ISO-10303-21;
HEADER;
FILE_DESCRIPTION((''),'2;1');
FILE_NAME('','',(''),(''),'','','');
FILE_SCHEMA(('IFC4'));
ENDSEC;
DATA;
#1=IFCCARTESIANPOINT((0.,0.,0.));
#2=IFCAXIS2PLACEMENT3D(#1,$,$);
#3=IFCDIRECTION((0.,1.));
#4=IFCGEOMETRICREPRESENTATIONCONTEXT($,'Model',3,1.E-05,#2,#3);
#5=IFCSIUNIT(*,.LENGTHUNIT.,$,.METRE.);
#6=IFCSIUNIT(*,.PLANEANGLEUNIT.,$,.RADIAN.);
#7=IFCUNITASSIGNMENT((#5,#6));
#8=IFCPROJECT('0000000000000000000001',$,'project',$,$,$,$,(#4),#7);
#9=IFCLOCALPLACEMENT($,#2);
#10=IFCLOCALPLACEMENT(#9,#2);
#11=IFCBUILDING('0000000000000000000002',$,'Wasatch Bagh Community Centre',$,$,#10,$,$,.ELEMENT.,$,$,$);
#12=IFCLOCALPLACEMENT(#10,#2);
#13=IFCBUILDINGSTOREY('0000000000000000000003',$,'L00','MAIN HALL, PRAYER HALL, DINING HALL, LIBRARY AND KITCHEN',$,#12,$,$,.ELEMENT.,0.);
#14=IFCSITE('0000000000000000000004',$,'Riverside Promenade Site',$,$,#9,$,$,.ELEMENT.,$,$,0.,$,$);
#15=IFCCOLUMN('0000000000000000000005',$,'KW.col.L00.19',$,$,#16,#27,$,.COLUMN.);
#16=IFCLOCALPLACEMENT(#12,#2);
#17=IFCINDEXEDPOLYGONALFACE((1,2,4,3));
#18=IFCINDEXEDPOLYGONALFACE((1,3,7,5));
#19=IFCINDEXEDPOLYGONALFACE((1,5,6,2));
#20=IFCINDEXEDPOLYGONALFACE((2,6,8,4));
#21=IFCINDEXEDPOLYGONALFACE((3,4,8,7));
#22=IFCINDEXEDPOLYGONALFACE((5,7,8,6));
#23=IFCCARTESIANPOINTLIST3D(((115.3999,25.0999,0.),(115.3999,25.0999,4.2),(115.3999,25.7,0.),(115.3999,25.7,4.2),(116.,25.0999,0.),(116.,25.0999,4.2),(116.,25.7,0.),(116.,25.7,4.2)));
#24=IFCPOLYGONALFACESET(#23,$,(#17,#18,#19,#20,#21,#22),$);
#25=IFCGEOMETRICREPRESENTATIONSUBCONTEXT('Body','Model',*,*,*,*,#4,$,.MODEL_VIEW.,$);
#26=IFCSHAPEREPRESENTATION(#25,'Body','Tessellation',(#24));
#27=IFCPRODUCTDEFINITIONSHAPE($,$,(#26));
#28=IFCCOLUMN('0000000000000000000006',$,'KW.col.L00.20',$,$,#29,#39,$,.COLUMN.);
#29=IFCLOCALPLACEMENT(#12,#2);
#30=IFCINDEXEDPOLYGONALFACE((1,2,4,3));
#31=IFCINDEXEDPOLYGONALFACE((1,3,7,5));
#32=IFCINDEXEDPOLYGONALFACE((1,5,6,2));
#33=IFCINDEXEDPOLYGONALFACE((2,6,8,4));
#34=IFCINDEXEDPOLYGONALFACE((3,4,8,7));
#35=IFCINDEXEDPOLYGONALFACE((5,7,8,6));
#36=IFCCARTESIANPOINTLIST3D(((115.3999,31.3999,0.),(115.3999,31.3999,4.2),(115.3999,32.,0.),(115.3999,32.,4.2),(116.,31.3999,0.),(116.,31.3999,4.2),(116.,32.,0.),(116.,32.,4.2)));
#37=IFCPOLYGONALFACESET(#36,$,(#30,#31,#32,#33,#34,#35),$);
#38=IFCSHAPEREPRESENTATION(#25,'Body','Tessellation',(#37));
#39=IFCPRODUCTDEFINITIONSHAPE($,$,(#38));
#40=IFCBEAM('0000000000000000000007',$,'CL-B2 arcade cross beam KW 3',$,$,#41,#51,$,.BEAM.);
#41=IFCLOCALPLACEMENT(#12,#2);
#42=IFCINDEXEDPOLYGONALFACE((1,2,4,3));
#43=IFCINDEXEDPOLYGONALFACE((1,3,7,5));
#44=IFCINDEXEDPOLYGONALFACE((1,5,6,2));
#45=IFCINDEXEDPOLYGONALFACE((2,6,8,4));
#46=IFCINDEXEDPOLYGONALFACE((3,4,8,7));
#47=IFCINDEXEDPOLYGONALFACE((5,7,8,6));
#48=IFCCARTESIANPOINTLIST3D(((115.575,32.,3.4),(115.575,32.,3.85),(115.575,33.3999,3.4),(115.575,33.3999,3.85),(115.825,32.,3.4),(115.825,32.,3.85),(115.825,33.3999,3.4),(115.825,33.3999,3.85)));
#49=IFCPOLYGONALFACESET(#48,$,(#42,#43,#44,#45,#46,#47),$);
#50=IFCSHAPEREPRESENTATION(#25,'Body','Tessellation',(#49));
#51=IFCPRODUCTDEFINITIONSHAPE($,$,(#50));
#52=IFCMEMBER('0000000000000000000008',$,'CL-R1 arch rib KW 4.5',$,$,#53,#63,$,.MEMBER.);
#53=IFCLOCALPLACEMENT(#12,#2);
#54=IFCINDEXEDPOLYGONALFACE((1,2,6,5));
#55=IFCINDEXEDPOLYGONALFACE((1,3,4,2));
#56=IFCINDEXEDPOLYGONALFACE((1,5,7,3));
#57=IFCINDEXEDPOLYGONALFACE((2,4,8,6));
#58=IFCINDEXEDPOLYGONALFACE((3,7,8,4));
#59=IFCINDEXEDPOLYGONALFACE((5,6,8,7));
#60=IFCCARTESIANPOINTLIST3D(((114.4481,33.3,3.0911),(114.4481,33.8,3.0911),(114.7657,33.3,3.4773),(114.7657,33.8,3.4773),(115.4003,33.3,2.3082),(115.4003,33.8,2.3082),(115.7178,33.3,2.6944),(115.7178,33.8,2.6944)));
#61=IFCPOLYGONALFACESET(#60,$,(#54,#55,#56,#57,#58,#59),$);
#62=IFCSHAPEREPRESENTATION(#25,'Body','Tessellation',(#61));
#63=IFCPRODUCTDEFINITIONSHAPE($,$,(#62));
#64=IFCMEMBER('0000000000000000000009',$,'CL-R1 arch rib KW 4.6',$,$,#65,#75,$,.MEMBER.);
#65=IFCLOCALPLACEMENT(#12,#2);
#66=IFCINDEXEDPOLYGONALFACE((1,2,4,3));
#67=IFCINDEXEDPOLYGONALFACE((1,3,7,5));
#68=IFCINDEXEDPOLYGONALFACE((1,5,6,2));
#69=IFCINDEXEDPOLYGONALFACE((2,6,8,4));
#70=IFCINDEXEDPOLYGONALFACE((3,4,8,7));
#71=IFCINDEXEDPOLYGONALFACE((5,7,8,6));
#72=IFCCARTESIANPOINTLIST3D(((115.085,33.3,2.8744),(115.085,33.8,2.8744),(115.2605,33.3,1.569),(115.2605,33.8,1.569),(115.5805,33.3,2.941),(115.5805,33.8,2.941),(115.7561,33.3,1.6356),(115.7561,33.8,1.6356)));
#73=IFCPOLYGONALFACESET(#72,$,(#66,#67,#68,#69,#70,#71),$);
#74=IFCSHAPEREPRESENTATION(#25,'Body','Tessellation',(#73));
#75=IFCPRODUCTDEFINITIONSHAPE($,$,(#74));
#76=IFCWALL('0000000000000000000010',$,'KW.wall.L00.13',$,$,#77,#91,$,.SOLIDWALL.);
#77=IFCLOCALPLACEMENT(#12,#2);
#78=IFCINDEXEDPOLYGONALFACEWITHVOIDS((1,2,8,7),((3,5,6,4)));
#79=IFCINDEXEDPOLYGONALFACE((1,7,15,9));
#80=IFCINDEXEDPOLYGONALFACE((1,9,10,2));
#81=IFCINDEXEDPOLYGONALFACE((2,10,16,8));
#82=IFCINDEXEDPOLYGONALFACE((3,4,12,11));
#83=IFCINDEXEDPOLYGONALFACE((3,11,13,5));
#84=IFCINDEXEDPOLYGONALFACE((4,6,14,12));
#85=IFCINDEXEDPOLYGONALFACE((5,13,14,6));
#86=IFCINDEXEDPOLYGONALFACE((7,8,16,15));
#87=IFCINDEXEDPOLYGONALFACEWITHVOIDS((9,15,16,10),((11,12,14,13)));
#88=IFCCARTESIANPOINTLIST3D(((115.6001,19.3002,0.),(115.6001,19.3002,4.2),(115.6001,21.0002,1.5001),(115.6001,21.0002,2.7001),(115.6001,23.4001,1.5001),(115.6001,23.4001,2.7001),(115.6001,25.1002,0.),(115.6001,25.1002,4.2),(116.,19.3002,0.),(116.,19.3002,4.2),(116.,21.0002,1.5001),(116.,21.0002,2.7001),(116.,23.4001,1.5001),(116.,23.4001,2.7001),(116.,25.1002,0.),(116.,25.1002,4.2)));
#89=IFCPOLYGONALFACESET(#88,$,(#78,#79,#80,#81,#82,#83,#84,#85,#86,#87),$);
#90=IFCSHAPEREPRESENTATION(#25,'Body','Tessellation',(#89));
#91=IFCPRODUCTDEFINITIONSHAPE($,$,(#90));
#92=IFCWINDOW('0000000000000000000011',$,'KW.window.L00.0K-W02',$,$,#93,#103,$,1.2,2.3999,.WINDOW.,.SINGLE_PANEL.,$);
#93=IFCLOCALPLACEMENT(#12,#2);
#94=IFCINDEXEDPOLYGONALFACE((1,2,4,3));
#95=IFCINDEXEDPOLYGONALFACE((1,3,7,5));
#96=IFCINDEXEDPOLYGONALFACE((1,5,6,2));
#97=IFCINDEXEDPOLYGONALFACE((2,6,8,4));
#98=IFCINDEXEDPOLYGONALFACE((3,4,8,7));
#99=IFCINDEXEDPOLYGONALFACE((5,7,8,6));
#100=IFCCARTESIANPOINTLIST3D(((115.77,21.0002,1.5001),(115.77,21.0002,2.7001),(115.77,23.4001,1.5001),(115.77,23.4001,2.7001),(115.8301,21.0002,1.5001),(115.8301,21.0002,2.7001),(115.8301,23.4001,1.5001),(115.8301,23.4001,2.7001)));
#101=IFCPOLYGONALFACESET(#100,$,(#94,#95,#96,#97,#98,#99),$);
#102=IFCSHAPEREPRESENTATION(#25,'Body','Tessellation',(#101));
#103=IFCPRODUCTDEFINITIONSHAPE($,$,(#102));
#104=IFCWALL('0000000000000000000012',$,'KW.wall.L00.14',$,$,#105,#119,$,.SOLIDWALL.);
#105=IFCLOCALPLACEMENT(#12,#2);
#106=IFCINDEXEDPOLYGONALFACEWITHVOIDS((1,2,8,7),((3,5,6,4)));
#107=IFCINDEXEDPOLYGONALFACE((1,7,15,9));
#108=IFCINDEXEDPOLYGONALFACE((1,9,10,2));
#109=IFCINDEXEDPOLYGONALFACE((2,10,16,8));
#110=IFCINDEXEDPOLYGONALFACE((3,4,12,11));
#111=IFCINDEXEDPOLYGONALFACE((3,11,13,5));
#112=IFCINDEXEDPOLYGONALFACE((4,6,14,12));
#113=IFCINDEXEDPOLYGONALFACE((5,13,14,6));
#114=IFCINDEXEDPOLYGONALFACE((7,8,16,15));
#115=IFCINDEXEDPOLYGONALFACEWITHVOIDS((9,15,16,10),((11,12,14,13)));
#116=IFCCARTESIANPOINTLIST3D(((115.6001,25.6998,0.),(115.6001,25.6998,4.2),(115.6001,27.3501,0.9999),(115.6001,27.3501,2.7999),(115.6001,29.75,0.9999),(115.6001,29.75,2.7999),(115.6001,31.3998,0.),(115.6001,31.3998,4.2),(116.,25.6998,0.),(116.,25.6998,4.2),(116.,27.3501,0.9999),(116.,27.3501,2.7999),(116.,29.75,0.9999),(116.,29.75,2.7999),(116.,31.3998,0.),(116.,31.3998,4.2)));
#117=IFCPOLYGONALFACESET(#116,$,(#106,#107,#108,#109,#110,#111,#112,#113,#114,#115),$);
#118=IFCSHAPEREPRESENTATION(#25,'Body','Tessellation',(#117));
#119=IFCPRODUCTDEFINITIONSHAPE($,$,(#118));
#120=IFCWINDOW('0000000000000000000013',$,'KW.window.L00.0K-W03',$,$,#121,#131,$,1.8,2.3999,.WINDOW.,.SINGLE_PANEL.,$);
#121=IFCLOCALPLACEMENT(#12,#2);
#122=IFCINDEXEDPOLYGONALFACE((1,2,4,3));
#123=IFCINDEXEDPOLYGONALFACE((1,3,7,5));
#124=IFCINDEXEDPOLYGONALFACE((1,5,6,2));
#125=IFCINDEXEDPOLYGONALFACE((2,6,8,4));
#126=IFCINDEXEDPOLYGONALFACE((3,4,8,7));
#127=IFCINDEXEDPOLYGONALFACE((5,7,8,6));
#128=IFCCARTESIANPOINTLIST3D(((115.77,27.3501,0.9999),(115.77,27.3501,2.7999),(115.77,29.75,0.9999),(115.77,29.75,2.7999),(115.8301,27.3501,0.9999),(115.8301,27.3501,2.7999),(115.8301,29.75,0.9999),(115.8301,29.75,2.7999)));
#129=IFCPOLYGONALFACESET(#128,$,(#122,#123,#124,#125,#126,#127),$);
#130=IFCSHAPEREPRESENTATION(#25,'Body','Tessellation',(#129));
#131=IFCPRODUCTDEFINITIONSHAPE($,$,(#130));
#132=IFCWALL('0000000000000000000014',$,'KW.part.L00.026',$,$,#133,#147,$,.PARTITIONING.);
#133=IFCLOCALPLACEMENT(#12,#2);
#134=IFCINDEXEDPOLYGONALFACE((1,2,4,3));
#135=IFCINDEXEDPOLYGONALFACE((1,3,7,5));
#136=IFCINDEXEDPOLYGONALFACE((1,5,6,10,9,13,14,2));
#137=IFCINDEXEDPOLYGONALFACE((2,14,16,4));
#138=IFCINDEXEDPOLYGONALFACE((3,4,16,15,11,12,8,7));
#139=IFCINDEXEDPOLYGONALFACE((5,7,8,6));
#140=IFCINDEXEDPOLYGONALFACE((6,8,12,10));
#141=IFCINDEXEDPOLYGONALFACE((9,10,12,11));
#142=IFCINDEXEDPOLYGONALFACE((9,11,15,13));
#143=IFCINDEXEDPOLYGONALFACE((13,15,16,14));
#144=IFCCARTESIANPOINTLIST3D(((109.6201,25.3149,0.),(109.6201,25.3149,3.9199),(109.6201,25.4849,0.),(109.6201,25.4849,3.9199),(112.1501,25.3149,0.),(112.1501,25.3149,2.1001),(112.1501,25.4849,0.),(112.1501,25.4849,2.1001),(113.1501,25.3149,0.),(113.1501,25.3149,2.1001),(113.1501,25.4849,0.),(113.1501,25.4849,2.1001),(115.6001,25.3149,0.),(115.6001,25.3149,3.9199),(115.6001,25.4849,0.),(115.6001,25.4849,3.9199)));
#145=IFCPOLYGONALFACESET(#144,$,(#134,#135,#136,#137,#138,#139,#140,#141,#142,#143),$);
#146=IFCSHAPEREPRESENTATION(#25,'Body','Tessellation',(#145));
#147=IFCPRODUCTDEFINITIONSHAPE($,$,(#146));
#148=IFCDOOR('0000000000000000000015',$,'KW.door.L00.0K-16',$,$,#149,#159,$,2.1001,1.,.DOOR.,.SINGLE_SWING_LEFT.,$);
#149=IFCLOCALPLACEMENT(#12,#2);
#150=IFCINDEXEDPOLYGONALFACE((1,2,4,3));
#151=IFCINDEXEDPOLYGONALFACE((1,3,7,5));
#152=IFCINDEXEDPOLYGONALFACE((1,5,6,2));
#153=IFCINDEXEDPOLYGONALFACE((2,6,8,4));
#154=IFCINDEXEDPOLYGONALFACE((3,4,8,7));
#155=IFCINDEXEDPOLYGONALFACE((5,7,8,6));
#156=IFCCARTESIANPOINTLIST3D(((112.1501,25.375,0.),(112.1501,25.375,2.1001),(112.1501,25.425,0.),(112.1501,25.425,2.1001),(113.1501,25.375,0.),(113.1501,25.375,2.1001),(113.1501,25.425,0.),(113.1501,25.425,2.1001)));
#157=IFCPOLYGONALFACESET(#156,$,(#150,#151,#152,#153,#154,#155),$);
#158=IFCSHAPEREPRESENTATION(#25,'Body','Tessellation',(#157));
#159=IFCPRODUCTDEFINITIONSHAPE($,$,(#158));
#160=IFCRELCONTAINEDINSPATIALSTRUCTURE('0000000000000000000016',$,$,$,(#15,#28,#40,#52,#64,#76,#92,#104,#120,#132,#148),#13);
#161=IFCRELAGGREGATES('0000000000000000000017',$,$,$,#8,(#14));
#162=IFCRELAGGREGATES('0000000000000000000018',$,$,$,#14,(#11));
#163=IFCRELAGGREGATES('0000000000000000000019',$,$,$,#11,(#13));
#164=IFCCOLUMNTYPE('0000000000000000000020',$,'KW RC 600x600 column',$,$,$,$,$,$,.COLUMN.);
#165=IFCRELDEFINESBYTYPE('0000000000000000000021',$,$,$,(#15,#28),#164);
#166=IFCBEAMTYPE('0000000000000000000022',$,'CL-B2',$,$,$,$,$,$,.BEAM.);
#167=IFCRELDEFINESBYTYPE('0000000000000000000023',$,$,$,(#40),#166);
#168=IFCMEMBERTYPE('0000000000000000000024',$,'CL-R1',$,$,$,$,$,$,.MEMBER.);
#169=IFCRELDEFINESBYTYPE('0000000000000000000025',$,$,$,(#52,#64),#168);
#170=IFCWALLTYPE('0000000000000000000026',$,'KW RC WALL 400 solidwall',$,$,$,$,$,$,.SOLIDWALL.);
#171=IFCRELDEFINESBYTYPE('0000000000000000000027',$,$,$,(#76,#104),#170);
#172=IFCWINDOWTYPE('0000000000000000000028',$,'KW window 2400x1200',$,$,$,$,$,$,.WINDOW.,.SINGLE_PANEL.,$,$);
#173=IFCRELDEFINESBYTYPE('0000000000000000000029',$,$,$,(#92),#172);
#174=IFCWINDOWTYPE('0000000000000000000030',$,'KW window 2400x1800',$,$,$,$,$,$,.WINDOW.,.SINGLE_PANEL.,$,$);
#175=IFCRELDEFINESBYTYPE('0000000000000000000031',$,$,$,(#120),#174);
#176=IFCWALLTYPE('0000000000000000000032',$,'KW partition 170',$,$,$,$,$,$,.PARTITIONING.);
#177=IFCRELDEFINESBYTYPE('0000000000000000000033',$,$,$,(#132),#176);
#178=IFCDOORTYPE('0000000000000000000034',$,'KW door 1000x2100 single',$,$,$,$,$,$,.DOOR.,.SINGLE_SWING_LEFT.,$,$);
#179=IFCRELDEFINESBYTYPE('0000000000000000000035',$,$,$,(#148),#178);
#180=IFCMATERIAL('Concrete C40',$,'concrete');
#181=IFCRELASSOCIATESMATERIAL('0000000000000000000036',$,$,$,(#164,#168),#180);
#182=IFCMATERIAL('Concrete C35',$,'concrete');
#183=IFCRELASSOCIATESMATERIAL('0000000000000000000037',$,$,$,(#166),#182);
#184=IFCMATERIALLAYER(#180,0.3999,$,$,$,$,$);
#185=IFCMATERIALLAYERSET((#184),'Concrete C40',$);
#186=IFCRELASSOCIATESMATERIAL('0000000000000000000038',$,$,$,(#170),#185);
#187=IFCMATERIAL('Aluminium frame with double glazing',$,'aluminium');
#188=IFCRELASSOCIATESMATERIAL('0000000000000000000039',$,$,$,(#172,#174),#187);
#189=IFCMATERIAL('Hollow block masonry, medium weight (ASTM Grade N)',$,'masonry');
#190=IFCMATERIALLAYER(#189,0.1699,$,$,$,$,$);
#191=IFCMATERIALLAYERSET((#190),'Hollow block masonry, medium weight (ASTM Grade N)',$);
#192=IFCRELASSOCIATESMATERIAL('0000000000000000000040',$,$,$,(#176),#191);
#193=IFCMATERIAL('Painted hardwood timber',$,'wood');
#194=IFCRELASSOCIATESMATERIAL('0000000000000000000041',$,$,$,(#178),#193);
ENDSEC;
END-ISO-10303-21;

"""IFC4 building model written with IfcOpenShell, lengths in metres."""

from ifc_helpers import new_model, si_unit, direction, frame, frame_2d, origin, origin_2d, place, context, subcontext, project, spatial, rectangle, extrude, material, layer, layer_set, material_profile, profile_set, type_object, element, fill, save


model = new_model("IFC4")

# Units and contexts
model_context = context("Model", 3, precision=1e-05, world=origin(), true_north=direction((0.0, 1.0)))
body_context = subcontext(model_context, "Body", "Model", "MODEL_VIEW")
ifc_project = project(units=[si_unit("LENGTHUNIT", "METRE"), si_unit("PLANEANGLEUNIT", "RADIAN")], contexts=[model_context])

# Site, building, storey
site_placement = place(None, origin())
site = spatial("IfcSite", under=ifc_project, at=site_placement, Name="Riverside Promenade Site", CompositionType="ELEMENT", RefElevation=0.0)
building_placement = place(site_placement, origin())
building = spatial("IfcBuilding", under=site, at=building_placement, Name="Wasatch Bagh Community Centre", CompositionType="ELEMENT")
storey_placement = place(building_placement, origin())
storey = spatial("IfcBuildingStorey", under=building, at=storey_placement, Name="L00", Description="MAIN HALL, PRAYER HALL, DINING HALL, LIBRARY AND KITCHEN", CompositionType="ELEMENT", Elevation=0.0)

# Shared definitions
ifc_material_1 = material(Name="Concrete C35", Category="concrete")

# Columns
ifc_material_2 = material(Name="Concrete C40", Category="concrete")
ifc_material_profile_1 = material_profile(ifc_material_2, rectangle(XDim=0.6001, YDim=0.6001, at=origin_2d()), Name="RC 600x600")
ifc_profile_set_1 = profile_set([ifc_material_profile_1], Name="Concrete C40")
column_type_1 = type_object("IfcColumnType", Name="KW RC 600x600 column", PredefinedType="COLUMN", material=ifc_profile_set_1)
for number, where, z_axis, x_axis, name in (
    (1, (115.7, 25.3999, 0.0), (0.0, 0.0, 1.0), (1.0, 0.0, 0.0), "KW.col.L00.19"),
    (2, (115.7, 31.7, 0.0), (0.0, 0.0, 1.0), (1.0, 0.0, 0.0), "KW.col.L00.20"),
):
    element("IfcColumn", number, at=place(storey_placement, frame(where, z_axis=z_axis, x_axis=x_axis)), inside=storey, type_object=column_type_1, Name=name, PredefinedType="COLUMN", context=body_context, shape_type="SweptSolid", body=[
        extrude(rectangle(XDim=0.6001, YDim=0.6001, at=origin_2d()), origin(), (0.0, 0.0, 1.0), 4.2),
    ])

# Beam
ifc_material_profile_2 = material_profile(ifc_material_1, rectangle(XDim=0.25, YDim=0.45, at=origin_2d()), Name="RC 250x450")
ifc_profile_set_2 = profile_set([ifc_material_profile_2], Name="Concrete C35")
beam_type = type_object("IfcBeamType", Name="CL-B2", PredefinedType="BEAM", material=ifc_profile_set_2)
beam_placement = place(storey_placement, frame((115.7, 32.0, 3.625), z_axis=(0.0, 1.0, 0.0), x_axis=(-1.0, 0.0, 0.0)))
element("IfcBeam", 3, at=beam_placement, inside=storey, type_object=beam_type, Name="CL-B2 arcade cross beam KW 3", PredefinedType="BEAM", context=body_context, shape_type="SweptSolid", body=[
    extrude(rectangle(XDim=0.25, YDim=0.45, at=origin_2d()), origin(), (0.0, 0.0, 1.0), 1.3999),
])

# Members
ifc_material_profile_3 = material_profile(ifc_material_2, rectangle(XDim=0.5, YDim=0.5, at=origin_2d()), Name="RC 500x500")
ifc_profile_set_3 = profile_set([ifc_material_profile_3], Name="Concrete C40")
member_type = type_object("IfcMemberType", Name="CL-R1", PredefinedType="MEMBER", material=ifc_profile_set_3)
member_1_placement = place(storey_placement, frame((114.6069, 33.55, 3.2842), z_axis=(0.772393, 0.0, -0.635145), x_axis=(0.0, 1.0, 0.0)))
element("IfcMember", 4, at=member_1_placement, inside=storey, type_object=member_type, Name="CL-R1 arch rib KW 4.5", PredefinedType="MEMBER", context=body_context, shape_type="SweptSolid", body=[
    extrude(rectangle(XDim=0.5, YDim=0.5, at=origin_2d()), origin(), (0.0, 0.0, 1.0), 1.2327),
])
member_2_placement = place(storey_placement, frame((115.3328, 33.55, 2.9077), z_axis=(0.133268, 0.0, -0.99108), x_axis=(0.0, 1.0, 0.0)))
element("IfcMember", 5, at=member_2_placement, inside=storey, type_object=member_type, Name="CL-R1 arch rib KW 4.6", PredefinedType="MEMBER", context=body_context, shape_type="SweptSolid", body=[
    extrude(rectangle(XDim=0.5, YDim=0.5, at=origin_2d()), origin(), (0.0, 0.0, 1.0), 1.3171),
])

# Walls, openings, windows
ifc_layer_1 = layer(ifc_material_2, 0.3999)
ifc_layer_set_1 = layer_set([ifc_layer_1], Name="Concrete C40")
wall_type_1 = type_object("IfcWallType", Name="KW RC WALL 400 solidwall", PredefinedType="SOLIDWALL", material=ifc_layer_set_1)
wall_1_placement = place(storey_placement, frame((115.8, 25.1001, 0.0), z_axis=(0.0, 0.0, 1.0), x_axis=(0.0, -1.0, 0.0)))
wall_1 = element("IfcWall", 6, at=wall_1_placement, inside=storey, type_object=wall_type_1, Name="KW.wall.L00.13", PredefinedType="SOLIDWALL", context=body_context, shape_type="SweptSolid", body=[
    extrude(rectangle(XDim=5.8, YDim=0.3999, at=frame_2d((2.8999, 0.0))), origin(), (0.0, 0.0, 1.0), 4.2),
])
opening_1_placement = place(wall_1_placement, frame((1.7, 0.0, 1.5)))
opening_1 = element("IfcOpeningElement", 7, at=opening_1_placement, cuts=wall_1, PredefinedType="OPENING", context=body_context, shape_type="SweptSolid", body=[
    extrude(rectangle(XDim=2.3999, YDim=1.2, at=frame_2d((1.2, 0.6001))), frame((0.0, 0.21, 0.0), z_axis=(0.0, -1.0, 0.0), x_axis=(1.0, 0.0, 0.0)), (0.0, 0.0, 1.0), 0.4199),
])
ifc_material_3 = material(Name="Aluminium frame with double glazing", Category="aluminium")
window_type_1 = type_object("IfcWindowType", Name="KW window 2400x1200", PartitioningType="SINGLE_PANEL", PredefinedType="WINDOW", material=ifc_material_3)
window_1_placement = place(opening_1_placement, origin())
window_1 = element("IfcWindow", 8, at=window_1_placement, inside=storey, type_object=window_type_1, Name="KW.window.L00.0K-W02", OverallHeight=1.2, OverallWidth=2.3999, PartitioningType="SINGLE_PANEL", PredefinedType="WINDOW", context=body_context, shape_type="SweptSolid", body=[
    extrude(rectangle(XDim=2.3999, YDim=1.2, at=frame_2d((1.2, 0.6001))), frame((0.0, 0.03, 0.0), z_axis=(0.0, -1.0, 0.0), x_axis=(1.0, 0.0, 0.0)), (0.0, 0.0, 1.0), 0.0601),
])
fill(opening_1, window_1)
wall_2_placement = place(storey_placement, frame((115.8, 31.3999, 0.0), z_axis=(0.0, 0.0, 1.0), x_axis=(0.0, -1.0, 0.0)))
wall_2 = element("IfcWall", 9, at=wall_2_placement, inside=storey, type_object=wall_type_1, Name="KW.wall.L00.14", PredefinedType="SOLIDWALL", context=body_context, shape_type="SweptSolid", body=[
    extrude(rectangle(XDim=5.7, YDim=0.3999, at=frame_2d((2.8501, 0.0))), origin(), (0.0, 0.0, 1.0), 4.2),
])
opening_2_placement = place(wall_2_placement, frame((1.6499, 0.0, 1.0)))
opening_2 = element("IfcOpeningElement", 10, at=opening_2_placement, cuts=wall_2, PredefinedType="OPENING", context=body_context, shape_type="SweptSolid", body=[
    extrude(rectangle(XDim=2.3999, YDim=1.8, at=frame_2d((1.2, 0.8999))), frame((0.0, 0.21, 0.0), z_axis=(0.0, -1.0, 0.0), x_axis=(1.0, 0.0, 0.0)), (0.0, 0.0, 1.0), 0.4199),
])
window_type_2 = type_object("IfcWindowType", Name="KW window 2400x1800", PartitioningType="SINGLE_PANEL", PredefinedType="WINDOW", material=ifc_material_3)
window_2_placement = place(opening_2_placement, origin())
window_2 = element("IfcWindow", 11, at=window_2_placement, inside=storey, type_object=window_type_2, Name="KW.window.L00.0K-W03", OverallHeight=1.8, OverallWidth=2.3999, PartitioningType="SINGLE_PANEL", PredefinedType="WINDOW", context=body_context, shape_type="SweptSolid", body=[
    extrude(rectangle(XDim=2.3999, YDim=1.8, at=frame_2d((1.2, 0.8999))), frame((0.0, 0.03, 0.0), z_axis=(0.0, -1.0, 0.0), x_axis=(1.0, 0.0, 0.0)), (0.0, 0.0, 1.0), 0.0601),
])
fill(opening_2, window_2)

# Wall, opening, door
ifc_material_4 = material(Name="Hollow block masonry, medium weight (ASTM Grade N)", Category="masonry")
ifc_layer_2 = layer(ifc_material_4, 0.1699)
ifc_layer_set_2 = layer_set([ifc_layer_2], Name="Hollow block masonry, medium weight (ASTM Grade N)")
wall_type_2 = type_object("IfcWallType", Name="KW partition 170", PredefinedType="PARTITIONING", material=ifc_layer_set_2)
wall_3_placement = place(storey_placement, frame((115.6001, 25.3999, 0.0), z_axis=(0.0, 0.0, 1.0), x_axis=(-1.0, 0.0, 0.0)))
wall_3 = element("IfcWall", 12, at=wall_3_placement, inside=storey, type_object=wall_type_2, Name="KW.part.L00.026", PredefinedType="PARTITIONING", context=body_context, shape_type="SweptSolid", body=[
    extrude(rectangle(XDim=5.98, YDim=0.1699, at=frame_2d((2.99, 0.0))), origin(), (0.0, 0.0, 1.0), 3.9199),
])
opening_3_placement = place(wall_3_placement, frame((2.45, 0.0, 0.0)))
opening_3 = element("IfcOpeningElement", 13, at=opening_3_placement, cuts=wall_3, PredefinedType="OPENING", context=body_context, shape_type="SweptSolid", body=[
    extrude(rectangle(XDim=1.0, YDim=2.1001, at=frame_2d((0.5, 1.05))), frame((0.0, 0.095, 0.0), z_axis=(0.0, -1.0, 0.0), x_axis=(1.0, 0.0, 0.0)), (0.0, 0.0, 1.0), 0.1899),
])
ifc_material_5 = material(Name="Painted hardwood timber", Category="wood")
door_type = type_object("IfcDoorType", Name="KW door 1000x2100 single", OperationType="SINGLE_SWING_LEFT", PredefinedType="DOOR", material=ifc_material_5)
door_placement = place(opening_3_placement, origin())
door = element("IfcDoor", 14, at=door_placement, inside=storey, type_object=door_type, Name="KW.door.L00.0K-16", OperationType="SINGLE_SWING_LEFT", OverallHeight=2.1001, OverallWidth=1.0, PredefinedType="DOOR", context=body_context, shape_type="SweptSolid", body=[
    extrude(rectangle(XDim=1.0, YDim=2.1001, at=frame_2d((0.5, 1.05))), frame((0.0, 0.0249, 0.0), z_axis=(0.0, -1.0, 0.0), x_axis=(1.0, 0.0, 0.0)), (0.0, 0.0, 1.0), 0.05),
])
fill(opening_3, door)

save(model, "model.ifc")
